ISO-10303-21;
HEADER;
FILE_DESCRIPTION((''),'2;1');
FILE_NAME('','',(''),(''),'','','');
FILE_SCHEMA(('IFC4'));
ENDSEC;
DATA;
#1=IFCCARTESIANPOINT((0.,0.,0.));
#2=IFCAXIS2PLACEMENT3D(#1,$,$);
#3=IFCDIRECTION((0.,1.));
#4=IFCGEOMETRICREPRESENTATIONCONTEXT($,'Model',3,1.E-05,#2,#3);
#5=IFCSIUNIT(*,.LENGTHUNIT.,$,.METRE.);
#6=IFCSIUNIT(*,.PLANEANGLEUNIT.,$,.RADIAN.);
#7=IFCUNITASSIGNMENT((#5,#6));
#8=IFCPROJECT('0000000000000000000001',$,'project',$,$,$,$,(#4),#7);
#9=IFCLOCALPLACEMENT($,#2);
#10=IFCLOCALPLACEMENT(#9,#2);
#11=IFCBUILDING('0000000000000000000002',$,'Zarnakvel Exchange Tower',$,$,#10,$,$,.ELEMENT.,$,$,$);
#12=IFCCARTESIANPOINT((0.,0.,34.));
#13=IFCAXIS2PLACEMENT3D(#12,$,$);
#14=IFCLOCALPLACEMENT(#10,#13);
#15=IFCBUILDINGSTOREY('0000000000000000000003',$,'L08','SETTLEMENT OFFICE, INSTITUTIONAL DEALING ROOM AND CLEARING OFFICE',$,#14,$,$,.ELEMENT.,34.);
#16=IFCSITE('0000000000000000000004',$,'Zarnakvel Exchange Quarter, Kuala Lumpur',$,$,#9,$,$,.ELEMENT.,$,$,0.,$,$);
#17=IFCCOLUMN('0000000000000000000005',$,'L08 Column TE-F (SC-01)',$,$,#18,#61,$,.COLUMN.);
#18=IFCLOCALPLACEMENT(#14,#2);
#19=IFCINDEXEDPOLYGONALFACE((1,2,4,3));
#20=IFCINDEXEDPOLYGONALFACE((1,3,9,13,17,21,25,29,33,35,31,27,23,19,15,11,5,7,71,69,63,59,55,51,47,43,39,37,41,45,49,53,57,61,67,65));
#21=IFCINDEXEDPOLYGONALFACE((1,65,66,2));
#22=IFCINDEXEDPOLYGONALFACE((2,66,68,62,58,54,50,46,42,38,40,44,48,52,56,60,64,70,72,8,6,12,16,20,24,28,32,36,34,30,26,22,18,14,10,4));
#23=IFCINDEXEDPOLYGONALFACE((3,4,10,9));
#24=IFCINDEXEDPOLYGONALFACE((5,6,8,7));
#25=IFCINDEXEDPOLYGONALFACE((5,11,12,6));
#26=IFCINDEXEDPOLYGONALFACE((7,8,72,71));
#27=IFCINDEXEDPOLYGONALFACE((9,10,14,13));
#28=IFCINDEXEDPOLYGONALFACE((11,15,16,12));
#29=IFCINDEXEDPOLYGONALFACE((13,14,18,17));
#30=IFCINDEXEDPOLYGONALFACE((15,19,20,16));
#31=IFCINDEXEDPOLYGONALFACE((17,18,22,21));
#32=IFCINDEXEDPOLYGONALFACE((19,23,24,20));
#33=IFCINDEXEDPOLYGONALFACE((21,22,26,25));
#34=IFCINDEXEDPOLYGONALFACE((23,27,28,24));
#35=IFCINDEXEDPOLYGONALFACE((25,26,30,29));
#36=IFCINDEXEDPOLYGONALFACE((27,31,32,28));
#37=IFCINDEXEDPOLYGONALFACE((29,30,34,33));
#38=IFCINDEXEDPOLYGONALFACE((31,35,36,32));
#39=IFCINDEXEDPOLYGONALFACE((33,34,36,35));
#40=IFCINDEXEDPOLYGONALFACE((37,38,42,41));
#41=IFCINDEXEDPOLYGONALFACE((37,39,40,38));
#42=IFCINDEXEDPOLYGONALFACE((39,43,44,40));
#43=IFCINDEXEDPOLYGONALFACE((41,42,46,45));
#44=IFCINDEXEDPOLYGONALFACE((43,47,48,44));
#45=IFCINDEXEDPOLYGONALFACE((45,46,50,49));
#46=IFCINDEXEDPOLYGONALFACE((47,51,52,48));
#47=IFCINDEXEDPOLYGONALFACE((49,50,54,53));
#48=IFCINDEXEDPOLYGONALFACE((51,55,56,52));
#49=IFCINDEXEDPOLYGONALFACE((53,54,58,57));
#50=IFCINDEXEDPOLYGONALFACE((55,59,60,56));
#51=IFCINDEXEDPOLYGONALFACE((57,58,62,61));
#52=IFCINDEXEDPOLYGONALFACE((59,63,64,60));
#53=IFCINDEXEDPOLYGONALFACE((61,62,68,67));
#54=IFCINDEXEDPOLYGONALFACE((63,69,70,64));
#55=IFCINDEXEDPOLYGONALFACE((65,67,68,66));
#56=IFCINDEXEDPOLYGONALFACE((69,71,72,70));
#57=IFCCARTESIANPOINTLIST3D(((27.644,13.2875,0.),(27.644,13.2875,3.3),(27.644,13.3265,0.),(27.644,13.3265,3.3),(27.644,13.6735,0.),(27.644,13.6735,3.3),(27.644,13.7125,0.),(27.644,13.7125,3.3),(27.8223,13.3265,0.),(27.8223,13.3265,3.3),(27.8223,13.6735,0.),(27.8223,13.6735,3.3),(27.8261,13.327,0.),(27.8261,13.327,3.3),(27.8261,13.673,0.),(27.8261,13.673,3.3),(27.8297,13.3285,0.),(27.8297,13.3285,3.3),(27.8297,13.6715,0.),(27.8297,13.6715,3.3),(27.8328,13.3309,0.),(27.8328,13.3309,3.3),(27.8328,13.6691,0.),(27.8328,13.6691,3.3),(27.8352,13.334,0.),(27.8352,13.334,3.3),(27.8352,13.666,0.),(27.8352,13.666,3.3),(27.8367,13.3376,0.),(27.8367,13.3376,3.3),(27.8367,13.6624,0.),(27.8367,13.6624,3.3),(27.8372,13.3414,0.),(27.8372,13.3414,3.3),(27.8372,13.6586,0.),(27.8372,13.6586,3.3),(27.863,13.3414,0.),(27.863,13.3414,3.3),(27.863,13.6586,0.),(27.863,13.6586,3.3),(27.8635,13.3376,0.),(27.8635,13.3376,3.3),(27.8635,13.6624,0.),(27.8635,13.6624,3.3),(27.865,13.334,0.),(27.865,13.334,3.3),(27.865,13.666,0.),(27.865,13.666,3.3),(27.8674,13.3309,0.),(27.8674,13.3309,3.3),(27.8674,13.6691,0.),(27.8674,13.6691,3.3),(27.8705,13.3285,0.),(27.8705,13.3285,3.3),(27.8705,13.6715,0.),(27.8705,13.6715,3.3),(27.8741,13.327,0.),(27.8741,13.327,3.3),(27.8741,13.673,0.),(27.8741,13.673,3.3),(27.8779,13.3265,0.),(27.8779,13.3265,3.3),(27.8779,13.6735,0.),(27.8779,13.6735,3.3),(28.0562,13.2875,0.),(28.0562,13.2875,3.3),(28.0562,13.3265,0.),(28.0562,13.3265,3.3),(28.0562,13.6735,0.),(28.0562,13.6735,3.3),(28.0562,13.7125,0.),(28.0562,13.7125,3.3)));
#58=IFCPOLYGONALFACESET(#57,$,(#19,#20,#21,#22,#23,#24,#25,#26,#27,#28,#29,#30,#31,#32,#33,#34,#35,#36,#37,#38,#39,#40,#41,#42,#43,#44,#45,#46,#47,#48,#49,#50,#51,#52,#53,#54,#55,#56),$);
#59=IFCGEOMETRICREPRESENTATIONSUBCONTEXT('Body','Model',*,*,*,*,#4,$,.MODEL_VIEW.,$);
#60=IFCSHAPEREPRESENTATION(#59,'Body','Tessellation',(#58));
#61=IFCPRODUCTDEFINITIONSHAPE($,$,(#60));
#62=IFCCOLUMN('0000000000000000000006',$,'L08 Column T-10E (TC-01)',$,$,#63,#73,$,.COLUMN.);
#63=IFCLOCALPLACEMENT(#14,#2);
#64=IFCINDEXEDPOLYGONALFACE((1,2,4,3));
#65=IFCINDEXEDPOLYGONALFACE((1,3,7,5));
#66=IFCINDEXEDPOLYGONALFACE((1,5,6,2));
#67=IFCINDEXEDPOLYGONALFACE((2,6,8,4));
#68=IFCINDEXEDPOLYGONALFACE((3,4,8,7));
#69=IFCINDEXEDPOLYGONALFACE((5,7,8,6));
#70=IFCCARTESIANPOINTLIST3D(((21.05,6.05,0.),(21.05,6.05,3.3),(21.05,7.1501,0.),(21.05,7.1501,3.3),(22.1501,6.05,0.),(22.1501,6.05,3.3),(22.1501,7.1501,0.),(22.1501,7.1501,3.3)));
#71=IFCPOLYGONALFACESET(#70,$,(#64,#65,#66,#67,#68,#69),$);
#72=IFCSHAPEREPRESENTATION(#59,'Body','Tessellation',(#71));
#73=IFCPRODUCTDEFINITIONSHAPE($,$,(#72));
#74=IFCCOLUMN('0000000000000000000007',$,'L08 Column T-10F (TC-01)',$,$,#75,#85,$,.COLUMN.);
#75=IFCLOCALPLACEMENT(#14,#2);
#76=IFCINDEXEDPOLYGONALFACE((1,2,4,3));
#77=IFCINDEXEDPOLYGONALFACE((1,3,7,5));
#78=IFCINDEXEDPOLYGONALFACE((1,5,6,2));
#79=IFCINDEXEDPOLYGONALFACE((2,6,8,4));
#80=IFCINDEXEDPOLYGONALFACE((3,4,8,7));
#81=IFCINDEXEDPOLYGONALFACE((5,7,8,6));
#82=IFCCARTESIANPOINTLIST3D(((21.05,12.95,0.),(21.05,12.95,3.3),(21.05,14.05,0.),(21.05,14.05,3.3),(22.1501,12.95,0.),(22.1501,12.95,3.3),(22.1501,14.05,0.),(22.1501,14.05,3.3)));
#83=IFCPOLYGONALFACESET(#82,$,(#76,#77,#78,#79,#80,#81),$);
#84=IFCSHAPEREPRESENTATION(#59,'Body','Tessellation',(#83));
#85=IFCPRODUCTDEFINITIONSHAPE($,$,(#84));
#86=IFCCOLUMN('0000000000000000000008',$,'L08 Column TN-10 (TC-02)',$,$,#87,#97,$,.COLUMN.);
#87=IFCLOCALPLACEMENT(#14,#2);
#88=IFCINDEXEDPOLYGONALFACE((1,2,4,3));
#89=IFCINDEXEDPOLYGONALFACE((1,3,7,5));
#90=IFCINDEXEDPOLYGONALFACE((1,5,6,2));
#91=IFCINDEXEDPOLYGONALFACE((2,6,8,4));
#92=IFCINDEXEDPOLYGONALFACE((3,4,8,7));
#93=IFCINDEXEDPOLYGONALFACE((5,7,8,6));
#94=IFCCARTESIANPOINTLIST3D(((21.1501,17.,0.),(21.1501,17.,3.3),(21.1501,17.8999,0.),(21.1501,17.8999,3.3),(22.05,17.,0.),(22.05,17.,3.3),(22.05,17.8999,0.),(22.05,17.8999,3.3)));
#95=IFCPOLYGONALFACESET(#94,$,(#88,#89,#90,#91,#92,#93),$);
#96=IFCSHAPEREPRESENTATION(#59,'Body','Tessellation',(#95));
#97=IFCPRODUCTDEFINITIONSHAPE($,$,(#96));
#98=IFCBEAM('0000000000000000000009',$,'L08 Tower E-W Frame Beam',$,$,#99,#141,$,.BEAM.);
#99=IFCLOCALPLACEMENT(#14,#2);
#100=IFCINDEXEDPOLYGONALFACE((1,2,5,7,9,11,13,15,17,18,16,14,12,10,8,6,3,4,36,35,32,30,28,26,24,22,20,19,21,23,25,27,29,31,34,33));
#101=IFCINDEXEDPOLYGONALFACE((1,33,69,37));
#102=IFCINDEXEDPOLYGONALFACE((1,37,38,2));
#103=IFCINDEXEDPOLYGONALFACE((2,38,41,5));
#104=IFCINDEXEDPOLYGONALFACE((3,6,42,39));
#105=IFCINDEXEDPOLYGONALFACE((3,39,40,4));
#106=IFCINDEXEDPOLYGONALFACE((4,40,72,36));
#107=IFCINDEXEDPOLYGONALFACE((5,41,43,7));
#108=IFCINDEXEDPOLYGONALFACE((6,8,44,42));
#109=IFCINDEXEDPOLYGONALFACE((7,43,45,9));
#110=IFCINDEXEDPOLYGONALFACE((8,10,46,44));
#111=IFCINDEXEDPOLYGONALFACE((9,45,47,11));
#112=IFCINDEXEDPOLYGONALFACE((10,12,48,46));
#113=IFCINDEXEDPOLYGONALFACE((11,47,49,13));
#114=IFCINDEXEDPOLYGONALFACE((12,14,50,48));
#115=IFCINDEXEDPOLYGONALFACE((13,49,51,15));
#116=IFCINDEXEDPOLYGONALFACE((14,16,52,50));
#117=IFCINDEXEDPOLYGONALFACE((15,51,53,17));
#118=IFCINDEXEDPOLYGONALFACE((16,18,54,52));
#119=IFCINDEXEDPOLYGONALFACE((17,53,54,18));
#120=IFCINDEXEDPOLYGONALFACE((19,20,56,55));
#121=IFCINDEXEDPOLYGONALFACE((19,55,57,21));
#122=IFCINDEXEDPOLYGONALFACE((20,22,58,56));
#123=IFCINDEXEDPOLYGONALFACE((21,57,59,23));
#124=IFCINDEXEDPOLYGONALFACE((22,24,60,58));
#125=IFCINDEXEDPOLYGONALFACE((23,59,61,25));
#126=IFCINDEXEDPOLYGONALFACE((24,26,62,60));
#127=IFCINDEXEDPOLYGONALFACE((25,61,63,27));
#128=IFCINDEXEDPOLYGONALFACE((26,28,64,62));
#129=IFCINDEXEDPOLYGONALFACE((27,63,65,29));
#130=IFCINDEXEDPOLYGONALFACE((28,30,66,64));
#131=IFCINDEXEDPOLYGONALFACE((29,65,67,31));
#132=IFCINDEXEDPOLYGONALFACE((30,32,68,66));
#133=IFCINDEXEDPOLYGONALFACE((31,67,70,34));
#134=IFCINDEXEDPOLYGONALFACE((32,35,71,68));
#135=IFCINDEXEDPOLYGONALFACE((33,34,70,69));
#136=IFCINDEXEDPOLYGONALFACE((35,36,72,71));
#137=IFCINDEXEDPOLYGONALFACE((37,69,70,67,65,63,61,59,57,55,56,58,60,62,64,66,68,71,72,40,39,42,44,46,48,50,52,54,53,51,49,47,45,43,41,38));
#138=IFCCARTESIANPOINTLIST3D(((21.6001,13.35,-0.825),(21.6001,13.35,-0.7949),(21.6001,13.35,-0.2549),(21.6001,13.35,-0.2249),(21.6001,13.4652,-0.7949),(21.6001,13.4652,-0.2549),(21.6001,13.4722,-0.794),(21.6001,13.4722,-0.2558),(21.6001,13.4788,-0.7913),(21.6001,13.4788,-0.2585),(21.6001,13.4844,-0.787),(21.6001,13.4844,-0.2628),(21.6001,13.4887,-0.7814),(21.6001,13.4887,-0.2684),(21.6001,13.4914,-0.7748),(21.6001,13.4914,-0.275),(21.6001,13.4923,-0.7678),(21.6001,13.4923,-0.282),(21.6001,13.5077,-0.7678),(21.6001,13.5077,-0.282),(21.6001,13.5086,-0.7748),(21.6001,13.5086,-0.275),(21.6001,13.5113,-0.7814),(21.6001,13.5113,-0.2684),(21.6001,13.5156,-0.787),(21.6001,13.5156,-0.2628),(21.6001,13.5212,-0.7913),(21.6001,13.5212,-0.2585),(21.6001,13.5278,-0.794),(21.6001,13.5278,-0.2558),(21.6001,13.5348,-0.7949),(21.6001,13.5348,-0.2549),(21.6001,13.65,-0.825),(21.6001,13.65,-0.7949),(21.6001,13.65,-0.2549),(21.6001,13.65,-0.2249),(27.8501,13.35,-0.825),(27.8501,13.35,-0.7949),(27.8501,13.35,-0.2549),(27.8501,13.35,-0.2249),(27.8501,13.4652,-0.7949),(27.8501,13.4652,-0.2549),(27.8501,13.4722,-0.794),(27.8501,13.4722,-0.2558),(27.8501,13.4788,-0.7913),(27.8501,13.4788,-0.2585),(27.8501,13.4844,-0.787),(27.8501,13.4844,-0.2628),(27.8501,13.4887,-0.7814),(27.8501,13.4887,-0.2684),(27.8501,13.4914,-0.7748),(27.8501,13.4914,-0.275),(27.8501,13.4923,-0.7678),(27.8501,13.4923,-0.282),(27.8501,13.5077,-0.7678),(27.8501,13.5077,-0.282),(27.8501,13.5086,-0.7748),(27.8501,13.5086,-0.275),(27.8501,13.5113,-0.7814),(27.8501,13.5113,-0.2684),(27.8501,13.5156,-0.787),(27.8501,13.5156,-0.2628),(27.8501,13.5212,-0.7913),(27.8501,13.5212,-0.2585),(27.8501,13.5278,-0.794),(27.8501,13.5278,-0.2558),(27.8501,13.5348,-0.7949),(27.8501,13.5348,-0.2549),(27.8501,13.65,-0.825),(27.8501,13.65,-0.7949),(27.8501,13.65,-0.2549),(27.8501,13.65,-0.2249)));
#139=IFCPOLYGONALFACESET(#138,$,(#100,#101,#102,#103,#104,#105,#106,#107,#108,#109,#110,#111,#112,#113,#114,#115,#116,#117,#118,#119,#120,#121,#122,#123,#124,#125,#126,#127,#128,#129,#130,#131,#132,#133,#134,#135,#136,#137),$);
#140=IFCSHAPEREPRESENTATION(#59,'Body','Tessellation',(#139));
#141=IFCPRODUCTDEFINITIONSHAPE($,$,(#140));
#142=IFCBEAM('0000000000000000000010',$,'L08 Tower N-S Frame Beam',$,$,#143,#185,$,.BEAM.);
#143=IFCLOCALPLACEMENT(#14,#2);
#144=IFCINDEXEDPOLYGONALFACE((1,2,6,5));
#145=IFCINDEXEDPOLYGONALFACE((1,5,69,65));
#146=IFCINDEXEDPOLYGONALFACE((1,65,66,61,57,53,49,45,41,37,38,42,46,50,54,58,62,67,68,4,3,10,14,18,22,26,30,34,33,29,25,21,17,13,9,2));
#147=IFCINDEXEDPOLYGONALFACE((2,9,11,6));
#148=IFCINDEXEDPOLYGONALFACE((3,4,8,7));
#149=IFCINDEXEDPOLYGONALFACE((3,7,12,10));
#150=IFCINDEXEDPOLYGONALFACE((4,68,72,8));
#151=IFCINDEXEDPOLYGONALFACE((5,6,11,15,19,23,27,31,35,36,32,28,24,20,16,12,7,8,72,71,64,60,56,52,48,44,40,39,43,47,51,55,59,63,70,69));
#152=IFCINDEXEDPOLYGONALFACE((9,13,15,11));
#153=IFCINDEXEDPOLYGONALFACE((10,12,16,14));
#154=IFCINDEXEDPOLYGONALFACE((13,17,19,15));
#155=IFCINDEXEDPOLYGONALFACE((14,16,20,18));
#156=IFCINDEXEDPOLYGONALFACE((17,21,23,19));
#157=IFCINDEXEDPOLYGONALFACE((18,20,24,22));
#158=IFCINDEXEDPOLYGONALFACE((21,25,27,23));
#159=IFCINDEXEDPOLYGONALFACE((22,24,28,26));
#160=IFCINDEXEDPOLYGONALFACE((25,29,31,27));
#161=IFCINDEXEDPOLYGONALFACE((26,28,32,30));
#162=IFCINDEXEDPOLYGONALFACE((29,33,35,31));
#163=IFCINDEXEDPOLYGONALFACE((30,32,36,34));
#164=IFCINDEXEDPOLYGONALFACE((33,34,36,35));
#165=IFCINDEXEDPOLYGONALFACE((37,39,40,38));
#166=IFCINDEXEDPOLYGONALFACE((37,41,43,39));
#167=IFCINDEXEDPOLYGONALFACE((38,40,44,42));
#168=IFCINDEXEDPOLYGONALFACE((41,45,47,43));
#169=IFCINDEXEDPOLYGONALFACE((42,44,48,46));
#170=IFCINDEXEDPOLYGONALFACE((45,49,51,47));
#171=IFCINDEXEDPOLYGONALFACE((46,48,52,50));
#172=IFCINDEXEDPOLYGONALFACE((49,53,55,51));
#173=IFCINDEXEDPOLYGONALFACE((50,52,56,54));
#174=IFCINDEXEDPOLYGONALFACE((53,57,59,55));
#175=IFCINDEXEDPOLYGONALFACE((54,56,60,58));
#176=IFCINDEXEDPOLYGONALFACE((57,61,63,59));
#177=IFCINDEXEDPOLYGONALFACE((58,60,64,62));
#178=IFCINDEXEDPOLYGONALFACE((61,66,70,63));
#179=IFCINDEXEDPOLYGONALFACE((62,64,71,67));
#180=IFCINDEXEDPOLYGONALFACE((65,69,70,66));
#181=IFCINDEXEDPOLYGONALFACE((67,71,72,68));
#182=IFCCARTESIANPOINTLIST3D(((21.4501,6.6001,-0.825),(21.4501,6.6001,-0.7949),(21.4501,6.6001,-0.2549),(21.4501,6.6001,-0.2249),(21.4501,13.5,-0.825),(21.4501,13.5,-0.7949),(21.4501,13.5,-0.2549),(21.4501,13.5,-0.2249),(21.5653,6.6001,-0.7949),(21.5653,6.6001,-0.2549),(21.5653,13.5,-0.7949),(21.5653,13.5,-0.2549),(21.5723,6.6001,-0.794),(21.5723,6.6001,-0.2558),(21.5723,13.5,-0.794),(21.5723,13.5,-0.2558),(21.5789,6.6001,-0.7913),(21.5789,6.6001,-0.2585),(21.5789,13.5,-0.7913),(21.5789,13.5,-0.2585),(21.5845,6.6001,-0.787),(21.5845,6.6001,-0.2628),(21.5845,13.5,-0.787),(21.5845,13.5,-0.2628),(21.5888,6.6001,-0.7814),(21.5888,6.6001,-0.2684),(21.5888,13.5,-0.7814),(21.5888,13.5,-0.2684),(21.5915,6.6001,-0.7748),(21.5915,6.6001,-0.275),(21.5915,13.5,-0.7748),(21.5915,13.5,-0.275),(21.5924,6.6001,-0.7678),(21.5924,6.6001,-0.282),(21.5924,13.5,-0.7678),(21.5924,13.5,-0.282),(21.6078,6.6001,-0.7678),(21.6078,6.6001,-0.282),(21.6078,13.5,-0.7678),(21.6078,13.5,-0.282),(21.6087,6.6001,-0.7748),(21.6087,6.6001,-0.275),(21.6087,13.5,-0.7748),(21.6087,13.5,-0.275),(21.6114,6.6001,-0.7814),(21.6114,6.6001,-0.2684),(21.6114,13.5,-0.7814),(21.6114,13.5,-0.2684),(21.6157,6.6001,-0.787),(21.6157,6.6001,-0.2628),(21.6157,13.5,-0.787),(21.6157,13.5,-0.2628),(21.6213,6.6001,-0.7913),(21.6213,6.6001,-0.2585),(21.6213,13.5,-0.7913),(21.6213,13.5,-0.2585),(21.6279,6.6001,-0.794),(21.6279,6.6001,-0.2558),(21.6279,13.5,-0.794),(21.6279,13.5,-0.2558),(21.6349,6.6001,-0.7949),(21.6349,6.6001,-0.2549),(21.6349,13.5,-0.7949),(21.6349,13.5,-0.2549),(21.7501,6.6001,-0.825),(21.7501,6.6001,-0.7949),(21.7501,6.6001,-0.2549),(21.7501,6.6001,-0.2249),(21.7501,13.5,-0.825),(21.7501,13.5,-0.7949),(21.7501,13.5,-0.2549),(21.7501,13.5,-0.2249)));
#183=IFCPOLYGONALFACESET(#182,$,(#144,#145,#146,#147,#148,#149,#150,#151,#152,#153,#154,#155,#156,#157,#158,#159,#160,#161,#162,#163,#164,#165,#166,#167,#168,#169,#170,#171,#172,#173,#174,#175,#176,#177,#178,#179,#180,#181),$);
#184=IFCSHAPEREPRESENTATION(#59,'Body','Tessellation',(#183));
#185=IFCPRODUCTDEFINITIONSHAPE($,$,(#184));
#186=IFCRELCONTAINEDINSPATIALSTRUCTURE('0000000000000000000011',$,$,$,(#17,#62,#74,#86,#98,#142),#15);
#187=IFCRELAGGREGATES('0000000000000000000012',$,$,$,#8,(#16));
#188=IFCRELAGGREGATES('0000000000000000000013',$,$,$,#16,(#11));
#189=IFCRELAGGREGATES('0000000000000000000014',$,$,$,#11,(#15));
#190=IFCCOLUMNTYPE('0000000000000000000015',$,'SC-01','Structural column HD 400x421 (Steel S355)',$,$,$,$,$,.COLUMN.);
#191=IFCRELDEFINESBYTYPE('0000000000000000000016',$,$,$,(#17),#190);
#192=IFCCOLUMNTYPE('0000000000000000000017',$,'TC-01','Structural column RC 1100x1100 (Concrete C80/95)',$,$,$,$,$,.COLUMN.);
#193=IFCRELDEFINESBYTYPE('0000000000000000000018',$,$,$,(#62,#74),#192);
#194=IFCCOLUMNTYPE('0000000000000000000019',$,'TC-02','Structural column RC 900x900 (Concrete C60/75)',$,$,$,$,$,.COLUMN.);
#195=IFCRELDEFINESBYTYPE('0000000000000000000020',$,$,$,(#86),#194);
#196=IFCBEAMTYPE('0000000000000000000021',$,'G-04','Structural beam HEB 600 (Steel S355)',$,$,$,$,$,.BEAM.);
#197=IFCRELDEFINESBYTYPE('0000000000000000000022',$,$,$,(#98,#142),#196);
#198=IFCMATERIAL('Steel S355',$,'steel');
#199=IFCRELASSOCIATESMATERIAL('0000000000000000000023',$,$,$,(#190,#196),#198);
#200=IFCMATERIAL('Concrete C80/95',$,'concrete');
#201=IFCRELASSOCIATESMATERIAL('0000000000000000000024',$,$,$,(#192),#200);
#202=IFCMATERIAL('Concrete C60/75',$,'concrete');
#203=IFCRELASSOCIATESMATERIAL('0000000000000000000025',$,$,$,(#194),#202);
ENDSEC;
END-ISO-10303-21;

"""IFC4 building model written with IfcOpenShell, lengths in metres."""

from ifc_helpers import new_model, si_unit, direction, frame, origin, origin_2d, place, context, subcontext, project, spatial, rectangle, i_section, extrude, material, material_profile, profile_set, type_object, element, save


model = new_model("IFC4")

# Units and contexts
model_context = context("Model", 3, precision=1e-05, world=origin(), true_north=direction((0.0, 1.0)))
body_context = subcontext(model_context, "Body", "Model", "MODEL_VIEW")
ifc_project = project(units=[si_unit("LENGTHUNIT", "METRE"), si_unit("PLANEANGLEUNIT", "RADIAN")], contexts=[model_context])

# Site, building, storey
site_placement = place(None, origin())
site = spatial("IfcSite", under=ifc_project, at=site_placement, Name="Zarnakvel Exchange Quarter, Kuala Lumpur", CompositionType="ELEMENT", RefElevation=0.0)
building_placement = place(site_placement, origin())
building = spatial("IfcBuilding", under=site, at=building_placement, Name="Zarnakvel Exchange Tower", CompositionType="ELEMENT")
storey_placement = place(building_placement, frame((0.0, 0.0, 34.0)))
storey = spatial("IfcBuildingStorey", under=building, at=storey_placement, Name="L08", Description="SETTLEMENT OFFICE, INSTITUTIONAL DEALING ROOM AND CLEARING OFFICE", CompositionType="ELEMENT", Elevation=34.0)

# Columns
ifc_material_1 = material(Name="Steel S355", Category="steel")
ifc_material_profile_1 = material_profile(ifc_material_1, i_section(OverallWidth=0.4121, OverallDepth=0.425, WebThickness=0.0259, FlangeThickness=0.0391, FilletRadius=0.0149, at=origin_2d()))
ifc_profile_set_1 = profile_set([ifc_material_profile_1], Name="Steel S355")
column_type_1 = type_object("IfcColumnType", Name="SC-01", Description="Structural column HD 400x421 (Steel S355)", PredefinedType="COLUMN", material=ifc_profile_set_1)
column_1_placement = place(storey_placement, frame((27.8501, 13.5, 0.0), z_axis=(0.0, 0.0, 1.0), x_axis=(1.0, 0.0, 0.0)))
element("IfcColumn", 1, at=column_1_placement, inside=storey, type_object=column_type_1, Name="L08 Column TE-F (SC-01)", PredefinedType="COLUMN", context=body_context, shape_type="SweptSolid", body=[
    extrude(i_section(OverallWidth=0.4121, OverallDepth=0.425, WebThickness=0.0259, FlangeThickness=0.0391, FilletRadius=0.0149, at=origin_2d()), origin(), (0.0, 0.0, 1.0), 3.3),
])
ifc_material_2 = material(Name="Concrete C80/95", Category="concrete")
ifc_material_profile_2 = material_profile(ifc_material_2, rectangle(XDim=1.1001, YDim=1.1001, at=origin_2d()))
ifc_profile_set_2 = profile_set([ifc_material_profile_2], Name="Concrete C80/95")
column_type_2 = type_object("IfcColumnType", Name="TC-01", Description="Structural column RC 1100x1100 (Concrete C80/95)", PredefinedType="COLUMN", material=ifc_profile_set_2)
for number, where, z_axis, x_axis, name in (
    (2, (21.6001, 6.6001, 0.0), (0.0, 0.0, 1.0), (1.0, 0.0, 0.0), "L08 Column T-10E (TC-01)"),
    (3, (21.6001, 13.5, 0.0), (0.0, 0.0, 1.0), (1.0, 0.0, 0.0), "L08 Column T-10F (TC-01)"),
):
    element("IfcColumn", number, at=place(storey_placement, frame(where, z_axis=z_axis, x_axis=x_axis)), inside=storey, type_object=column_type_2, Name=name, PredefinedType="COLUMN", context=body_context, shape_type="SweptSolid", body=[
        extrude(rectangle(XDim=1.1001, YDim=1.1001, at=origin_2d()), origin(), (0.0, 0.0, 1.0), 3.3),
    ])
ifc_material_3 = material(Name="Concrete C60/75", Category="concrete")
ifc_material_profile_3 = material_profile(ifc_material_3, rectangle(XDim=0.8999, YDim=0.8999, at=origin_2d()))
ifc_profile_set_3 = profile_set([ifc_material_profile_3], Name="Concrete C60/75")
column_type_3 = type_object("IfcColumnType", Name="TC-02", Description="Structural column RC 900x900 (Concrete C60/75)", PredefinedType="COLUMN", material=ifc_profile_set_3)
column_2_placement = place(storey_placement, frame((21.6001, 17.45, 0.0), z_axis=(0.0, 0.0, 1.0), x_axis=(1.0, 0.0, 0.0)))
element("IfcColumn", 4, at=column_2_placement, inside=storey, type_object=column_type_3, Name="L08 Column TN-10 (TC-02)", PredefinedType="COLUMN", context=body_context, shape_type="SweptSolid", body=[
    extrude(rectangle(XDim=0.8999, YDim=0.8999, at=origin_2d()), origin(), (0.0, 0.0, 1.0), 3.3),
])

# Beams
ifc_material_profile_4 = material_profile(ifc_material_1, i_section(OverallWidth=0.3, OverallDepth=0.6001, WebThickness=0.0154, FlangeThickness=0.03, FilletRadius=0.0271, at=origin_2d()))
ifc_profile_set_4 = profile_set([ifc_material_profile_4], Name="Steel S355")
beam_type = type_object("IfcBeamType", Name="G-04", Description="Structural beam HEB 600 (Steel S355)", PredefinedType="BEAM", material=ifc_profile_set_4)
beam_1_placement = place(storey_placement, frame((21.6001, 13.5, -0.5249), z_axis=(1.0, 0.0, 0.0), x_axis=(0.0, 1.0, 0.0)))
element("IfcBeam", 5, at=beam_1_placement, inside=storey, type_object=beam_type, Name="L08 Tower E-W Frame Beam", PredefinedType="BEAM", context=body_context, shape_type="SweptSolid", body=[
    extrude(i_section(OverallWidth=0.3, OverallDepth=0.6001, WebThickness=0.0154, FlangeThickness=0.03, FilletRadius=0.0271, at=origin_2d()), origin(), (0.0, 0.0, 1.0), 6.25),
])
beam_2_placement = place(storey_placement, frame((21.6001, 6.6001, -0.5249), z_axis=(0.0, 1.0, 0.0), x_axis=(-1.0, 0.0, 0.0)))
element("IfcBeam", 6, at=beam_2_placement, inside=storey, type_object=beam_type, Name="L08 Tower N-S Frame Beam", PredefinedType="BEAM", context=body_context, shape_type="SweptSolid", body=[
    extrude(i_section(OverallWidth=0.3, OverallDepth=0.6001, WebThickness=0.0154, FlangeThickness=0.03, FilletRadius=0.0271, at=origin_2d()), origin(), (0.0, 0.0, 1.0), 6.8999),
])

save(model, "model.ifc")
